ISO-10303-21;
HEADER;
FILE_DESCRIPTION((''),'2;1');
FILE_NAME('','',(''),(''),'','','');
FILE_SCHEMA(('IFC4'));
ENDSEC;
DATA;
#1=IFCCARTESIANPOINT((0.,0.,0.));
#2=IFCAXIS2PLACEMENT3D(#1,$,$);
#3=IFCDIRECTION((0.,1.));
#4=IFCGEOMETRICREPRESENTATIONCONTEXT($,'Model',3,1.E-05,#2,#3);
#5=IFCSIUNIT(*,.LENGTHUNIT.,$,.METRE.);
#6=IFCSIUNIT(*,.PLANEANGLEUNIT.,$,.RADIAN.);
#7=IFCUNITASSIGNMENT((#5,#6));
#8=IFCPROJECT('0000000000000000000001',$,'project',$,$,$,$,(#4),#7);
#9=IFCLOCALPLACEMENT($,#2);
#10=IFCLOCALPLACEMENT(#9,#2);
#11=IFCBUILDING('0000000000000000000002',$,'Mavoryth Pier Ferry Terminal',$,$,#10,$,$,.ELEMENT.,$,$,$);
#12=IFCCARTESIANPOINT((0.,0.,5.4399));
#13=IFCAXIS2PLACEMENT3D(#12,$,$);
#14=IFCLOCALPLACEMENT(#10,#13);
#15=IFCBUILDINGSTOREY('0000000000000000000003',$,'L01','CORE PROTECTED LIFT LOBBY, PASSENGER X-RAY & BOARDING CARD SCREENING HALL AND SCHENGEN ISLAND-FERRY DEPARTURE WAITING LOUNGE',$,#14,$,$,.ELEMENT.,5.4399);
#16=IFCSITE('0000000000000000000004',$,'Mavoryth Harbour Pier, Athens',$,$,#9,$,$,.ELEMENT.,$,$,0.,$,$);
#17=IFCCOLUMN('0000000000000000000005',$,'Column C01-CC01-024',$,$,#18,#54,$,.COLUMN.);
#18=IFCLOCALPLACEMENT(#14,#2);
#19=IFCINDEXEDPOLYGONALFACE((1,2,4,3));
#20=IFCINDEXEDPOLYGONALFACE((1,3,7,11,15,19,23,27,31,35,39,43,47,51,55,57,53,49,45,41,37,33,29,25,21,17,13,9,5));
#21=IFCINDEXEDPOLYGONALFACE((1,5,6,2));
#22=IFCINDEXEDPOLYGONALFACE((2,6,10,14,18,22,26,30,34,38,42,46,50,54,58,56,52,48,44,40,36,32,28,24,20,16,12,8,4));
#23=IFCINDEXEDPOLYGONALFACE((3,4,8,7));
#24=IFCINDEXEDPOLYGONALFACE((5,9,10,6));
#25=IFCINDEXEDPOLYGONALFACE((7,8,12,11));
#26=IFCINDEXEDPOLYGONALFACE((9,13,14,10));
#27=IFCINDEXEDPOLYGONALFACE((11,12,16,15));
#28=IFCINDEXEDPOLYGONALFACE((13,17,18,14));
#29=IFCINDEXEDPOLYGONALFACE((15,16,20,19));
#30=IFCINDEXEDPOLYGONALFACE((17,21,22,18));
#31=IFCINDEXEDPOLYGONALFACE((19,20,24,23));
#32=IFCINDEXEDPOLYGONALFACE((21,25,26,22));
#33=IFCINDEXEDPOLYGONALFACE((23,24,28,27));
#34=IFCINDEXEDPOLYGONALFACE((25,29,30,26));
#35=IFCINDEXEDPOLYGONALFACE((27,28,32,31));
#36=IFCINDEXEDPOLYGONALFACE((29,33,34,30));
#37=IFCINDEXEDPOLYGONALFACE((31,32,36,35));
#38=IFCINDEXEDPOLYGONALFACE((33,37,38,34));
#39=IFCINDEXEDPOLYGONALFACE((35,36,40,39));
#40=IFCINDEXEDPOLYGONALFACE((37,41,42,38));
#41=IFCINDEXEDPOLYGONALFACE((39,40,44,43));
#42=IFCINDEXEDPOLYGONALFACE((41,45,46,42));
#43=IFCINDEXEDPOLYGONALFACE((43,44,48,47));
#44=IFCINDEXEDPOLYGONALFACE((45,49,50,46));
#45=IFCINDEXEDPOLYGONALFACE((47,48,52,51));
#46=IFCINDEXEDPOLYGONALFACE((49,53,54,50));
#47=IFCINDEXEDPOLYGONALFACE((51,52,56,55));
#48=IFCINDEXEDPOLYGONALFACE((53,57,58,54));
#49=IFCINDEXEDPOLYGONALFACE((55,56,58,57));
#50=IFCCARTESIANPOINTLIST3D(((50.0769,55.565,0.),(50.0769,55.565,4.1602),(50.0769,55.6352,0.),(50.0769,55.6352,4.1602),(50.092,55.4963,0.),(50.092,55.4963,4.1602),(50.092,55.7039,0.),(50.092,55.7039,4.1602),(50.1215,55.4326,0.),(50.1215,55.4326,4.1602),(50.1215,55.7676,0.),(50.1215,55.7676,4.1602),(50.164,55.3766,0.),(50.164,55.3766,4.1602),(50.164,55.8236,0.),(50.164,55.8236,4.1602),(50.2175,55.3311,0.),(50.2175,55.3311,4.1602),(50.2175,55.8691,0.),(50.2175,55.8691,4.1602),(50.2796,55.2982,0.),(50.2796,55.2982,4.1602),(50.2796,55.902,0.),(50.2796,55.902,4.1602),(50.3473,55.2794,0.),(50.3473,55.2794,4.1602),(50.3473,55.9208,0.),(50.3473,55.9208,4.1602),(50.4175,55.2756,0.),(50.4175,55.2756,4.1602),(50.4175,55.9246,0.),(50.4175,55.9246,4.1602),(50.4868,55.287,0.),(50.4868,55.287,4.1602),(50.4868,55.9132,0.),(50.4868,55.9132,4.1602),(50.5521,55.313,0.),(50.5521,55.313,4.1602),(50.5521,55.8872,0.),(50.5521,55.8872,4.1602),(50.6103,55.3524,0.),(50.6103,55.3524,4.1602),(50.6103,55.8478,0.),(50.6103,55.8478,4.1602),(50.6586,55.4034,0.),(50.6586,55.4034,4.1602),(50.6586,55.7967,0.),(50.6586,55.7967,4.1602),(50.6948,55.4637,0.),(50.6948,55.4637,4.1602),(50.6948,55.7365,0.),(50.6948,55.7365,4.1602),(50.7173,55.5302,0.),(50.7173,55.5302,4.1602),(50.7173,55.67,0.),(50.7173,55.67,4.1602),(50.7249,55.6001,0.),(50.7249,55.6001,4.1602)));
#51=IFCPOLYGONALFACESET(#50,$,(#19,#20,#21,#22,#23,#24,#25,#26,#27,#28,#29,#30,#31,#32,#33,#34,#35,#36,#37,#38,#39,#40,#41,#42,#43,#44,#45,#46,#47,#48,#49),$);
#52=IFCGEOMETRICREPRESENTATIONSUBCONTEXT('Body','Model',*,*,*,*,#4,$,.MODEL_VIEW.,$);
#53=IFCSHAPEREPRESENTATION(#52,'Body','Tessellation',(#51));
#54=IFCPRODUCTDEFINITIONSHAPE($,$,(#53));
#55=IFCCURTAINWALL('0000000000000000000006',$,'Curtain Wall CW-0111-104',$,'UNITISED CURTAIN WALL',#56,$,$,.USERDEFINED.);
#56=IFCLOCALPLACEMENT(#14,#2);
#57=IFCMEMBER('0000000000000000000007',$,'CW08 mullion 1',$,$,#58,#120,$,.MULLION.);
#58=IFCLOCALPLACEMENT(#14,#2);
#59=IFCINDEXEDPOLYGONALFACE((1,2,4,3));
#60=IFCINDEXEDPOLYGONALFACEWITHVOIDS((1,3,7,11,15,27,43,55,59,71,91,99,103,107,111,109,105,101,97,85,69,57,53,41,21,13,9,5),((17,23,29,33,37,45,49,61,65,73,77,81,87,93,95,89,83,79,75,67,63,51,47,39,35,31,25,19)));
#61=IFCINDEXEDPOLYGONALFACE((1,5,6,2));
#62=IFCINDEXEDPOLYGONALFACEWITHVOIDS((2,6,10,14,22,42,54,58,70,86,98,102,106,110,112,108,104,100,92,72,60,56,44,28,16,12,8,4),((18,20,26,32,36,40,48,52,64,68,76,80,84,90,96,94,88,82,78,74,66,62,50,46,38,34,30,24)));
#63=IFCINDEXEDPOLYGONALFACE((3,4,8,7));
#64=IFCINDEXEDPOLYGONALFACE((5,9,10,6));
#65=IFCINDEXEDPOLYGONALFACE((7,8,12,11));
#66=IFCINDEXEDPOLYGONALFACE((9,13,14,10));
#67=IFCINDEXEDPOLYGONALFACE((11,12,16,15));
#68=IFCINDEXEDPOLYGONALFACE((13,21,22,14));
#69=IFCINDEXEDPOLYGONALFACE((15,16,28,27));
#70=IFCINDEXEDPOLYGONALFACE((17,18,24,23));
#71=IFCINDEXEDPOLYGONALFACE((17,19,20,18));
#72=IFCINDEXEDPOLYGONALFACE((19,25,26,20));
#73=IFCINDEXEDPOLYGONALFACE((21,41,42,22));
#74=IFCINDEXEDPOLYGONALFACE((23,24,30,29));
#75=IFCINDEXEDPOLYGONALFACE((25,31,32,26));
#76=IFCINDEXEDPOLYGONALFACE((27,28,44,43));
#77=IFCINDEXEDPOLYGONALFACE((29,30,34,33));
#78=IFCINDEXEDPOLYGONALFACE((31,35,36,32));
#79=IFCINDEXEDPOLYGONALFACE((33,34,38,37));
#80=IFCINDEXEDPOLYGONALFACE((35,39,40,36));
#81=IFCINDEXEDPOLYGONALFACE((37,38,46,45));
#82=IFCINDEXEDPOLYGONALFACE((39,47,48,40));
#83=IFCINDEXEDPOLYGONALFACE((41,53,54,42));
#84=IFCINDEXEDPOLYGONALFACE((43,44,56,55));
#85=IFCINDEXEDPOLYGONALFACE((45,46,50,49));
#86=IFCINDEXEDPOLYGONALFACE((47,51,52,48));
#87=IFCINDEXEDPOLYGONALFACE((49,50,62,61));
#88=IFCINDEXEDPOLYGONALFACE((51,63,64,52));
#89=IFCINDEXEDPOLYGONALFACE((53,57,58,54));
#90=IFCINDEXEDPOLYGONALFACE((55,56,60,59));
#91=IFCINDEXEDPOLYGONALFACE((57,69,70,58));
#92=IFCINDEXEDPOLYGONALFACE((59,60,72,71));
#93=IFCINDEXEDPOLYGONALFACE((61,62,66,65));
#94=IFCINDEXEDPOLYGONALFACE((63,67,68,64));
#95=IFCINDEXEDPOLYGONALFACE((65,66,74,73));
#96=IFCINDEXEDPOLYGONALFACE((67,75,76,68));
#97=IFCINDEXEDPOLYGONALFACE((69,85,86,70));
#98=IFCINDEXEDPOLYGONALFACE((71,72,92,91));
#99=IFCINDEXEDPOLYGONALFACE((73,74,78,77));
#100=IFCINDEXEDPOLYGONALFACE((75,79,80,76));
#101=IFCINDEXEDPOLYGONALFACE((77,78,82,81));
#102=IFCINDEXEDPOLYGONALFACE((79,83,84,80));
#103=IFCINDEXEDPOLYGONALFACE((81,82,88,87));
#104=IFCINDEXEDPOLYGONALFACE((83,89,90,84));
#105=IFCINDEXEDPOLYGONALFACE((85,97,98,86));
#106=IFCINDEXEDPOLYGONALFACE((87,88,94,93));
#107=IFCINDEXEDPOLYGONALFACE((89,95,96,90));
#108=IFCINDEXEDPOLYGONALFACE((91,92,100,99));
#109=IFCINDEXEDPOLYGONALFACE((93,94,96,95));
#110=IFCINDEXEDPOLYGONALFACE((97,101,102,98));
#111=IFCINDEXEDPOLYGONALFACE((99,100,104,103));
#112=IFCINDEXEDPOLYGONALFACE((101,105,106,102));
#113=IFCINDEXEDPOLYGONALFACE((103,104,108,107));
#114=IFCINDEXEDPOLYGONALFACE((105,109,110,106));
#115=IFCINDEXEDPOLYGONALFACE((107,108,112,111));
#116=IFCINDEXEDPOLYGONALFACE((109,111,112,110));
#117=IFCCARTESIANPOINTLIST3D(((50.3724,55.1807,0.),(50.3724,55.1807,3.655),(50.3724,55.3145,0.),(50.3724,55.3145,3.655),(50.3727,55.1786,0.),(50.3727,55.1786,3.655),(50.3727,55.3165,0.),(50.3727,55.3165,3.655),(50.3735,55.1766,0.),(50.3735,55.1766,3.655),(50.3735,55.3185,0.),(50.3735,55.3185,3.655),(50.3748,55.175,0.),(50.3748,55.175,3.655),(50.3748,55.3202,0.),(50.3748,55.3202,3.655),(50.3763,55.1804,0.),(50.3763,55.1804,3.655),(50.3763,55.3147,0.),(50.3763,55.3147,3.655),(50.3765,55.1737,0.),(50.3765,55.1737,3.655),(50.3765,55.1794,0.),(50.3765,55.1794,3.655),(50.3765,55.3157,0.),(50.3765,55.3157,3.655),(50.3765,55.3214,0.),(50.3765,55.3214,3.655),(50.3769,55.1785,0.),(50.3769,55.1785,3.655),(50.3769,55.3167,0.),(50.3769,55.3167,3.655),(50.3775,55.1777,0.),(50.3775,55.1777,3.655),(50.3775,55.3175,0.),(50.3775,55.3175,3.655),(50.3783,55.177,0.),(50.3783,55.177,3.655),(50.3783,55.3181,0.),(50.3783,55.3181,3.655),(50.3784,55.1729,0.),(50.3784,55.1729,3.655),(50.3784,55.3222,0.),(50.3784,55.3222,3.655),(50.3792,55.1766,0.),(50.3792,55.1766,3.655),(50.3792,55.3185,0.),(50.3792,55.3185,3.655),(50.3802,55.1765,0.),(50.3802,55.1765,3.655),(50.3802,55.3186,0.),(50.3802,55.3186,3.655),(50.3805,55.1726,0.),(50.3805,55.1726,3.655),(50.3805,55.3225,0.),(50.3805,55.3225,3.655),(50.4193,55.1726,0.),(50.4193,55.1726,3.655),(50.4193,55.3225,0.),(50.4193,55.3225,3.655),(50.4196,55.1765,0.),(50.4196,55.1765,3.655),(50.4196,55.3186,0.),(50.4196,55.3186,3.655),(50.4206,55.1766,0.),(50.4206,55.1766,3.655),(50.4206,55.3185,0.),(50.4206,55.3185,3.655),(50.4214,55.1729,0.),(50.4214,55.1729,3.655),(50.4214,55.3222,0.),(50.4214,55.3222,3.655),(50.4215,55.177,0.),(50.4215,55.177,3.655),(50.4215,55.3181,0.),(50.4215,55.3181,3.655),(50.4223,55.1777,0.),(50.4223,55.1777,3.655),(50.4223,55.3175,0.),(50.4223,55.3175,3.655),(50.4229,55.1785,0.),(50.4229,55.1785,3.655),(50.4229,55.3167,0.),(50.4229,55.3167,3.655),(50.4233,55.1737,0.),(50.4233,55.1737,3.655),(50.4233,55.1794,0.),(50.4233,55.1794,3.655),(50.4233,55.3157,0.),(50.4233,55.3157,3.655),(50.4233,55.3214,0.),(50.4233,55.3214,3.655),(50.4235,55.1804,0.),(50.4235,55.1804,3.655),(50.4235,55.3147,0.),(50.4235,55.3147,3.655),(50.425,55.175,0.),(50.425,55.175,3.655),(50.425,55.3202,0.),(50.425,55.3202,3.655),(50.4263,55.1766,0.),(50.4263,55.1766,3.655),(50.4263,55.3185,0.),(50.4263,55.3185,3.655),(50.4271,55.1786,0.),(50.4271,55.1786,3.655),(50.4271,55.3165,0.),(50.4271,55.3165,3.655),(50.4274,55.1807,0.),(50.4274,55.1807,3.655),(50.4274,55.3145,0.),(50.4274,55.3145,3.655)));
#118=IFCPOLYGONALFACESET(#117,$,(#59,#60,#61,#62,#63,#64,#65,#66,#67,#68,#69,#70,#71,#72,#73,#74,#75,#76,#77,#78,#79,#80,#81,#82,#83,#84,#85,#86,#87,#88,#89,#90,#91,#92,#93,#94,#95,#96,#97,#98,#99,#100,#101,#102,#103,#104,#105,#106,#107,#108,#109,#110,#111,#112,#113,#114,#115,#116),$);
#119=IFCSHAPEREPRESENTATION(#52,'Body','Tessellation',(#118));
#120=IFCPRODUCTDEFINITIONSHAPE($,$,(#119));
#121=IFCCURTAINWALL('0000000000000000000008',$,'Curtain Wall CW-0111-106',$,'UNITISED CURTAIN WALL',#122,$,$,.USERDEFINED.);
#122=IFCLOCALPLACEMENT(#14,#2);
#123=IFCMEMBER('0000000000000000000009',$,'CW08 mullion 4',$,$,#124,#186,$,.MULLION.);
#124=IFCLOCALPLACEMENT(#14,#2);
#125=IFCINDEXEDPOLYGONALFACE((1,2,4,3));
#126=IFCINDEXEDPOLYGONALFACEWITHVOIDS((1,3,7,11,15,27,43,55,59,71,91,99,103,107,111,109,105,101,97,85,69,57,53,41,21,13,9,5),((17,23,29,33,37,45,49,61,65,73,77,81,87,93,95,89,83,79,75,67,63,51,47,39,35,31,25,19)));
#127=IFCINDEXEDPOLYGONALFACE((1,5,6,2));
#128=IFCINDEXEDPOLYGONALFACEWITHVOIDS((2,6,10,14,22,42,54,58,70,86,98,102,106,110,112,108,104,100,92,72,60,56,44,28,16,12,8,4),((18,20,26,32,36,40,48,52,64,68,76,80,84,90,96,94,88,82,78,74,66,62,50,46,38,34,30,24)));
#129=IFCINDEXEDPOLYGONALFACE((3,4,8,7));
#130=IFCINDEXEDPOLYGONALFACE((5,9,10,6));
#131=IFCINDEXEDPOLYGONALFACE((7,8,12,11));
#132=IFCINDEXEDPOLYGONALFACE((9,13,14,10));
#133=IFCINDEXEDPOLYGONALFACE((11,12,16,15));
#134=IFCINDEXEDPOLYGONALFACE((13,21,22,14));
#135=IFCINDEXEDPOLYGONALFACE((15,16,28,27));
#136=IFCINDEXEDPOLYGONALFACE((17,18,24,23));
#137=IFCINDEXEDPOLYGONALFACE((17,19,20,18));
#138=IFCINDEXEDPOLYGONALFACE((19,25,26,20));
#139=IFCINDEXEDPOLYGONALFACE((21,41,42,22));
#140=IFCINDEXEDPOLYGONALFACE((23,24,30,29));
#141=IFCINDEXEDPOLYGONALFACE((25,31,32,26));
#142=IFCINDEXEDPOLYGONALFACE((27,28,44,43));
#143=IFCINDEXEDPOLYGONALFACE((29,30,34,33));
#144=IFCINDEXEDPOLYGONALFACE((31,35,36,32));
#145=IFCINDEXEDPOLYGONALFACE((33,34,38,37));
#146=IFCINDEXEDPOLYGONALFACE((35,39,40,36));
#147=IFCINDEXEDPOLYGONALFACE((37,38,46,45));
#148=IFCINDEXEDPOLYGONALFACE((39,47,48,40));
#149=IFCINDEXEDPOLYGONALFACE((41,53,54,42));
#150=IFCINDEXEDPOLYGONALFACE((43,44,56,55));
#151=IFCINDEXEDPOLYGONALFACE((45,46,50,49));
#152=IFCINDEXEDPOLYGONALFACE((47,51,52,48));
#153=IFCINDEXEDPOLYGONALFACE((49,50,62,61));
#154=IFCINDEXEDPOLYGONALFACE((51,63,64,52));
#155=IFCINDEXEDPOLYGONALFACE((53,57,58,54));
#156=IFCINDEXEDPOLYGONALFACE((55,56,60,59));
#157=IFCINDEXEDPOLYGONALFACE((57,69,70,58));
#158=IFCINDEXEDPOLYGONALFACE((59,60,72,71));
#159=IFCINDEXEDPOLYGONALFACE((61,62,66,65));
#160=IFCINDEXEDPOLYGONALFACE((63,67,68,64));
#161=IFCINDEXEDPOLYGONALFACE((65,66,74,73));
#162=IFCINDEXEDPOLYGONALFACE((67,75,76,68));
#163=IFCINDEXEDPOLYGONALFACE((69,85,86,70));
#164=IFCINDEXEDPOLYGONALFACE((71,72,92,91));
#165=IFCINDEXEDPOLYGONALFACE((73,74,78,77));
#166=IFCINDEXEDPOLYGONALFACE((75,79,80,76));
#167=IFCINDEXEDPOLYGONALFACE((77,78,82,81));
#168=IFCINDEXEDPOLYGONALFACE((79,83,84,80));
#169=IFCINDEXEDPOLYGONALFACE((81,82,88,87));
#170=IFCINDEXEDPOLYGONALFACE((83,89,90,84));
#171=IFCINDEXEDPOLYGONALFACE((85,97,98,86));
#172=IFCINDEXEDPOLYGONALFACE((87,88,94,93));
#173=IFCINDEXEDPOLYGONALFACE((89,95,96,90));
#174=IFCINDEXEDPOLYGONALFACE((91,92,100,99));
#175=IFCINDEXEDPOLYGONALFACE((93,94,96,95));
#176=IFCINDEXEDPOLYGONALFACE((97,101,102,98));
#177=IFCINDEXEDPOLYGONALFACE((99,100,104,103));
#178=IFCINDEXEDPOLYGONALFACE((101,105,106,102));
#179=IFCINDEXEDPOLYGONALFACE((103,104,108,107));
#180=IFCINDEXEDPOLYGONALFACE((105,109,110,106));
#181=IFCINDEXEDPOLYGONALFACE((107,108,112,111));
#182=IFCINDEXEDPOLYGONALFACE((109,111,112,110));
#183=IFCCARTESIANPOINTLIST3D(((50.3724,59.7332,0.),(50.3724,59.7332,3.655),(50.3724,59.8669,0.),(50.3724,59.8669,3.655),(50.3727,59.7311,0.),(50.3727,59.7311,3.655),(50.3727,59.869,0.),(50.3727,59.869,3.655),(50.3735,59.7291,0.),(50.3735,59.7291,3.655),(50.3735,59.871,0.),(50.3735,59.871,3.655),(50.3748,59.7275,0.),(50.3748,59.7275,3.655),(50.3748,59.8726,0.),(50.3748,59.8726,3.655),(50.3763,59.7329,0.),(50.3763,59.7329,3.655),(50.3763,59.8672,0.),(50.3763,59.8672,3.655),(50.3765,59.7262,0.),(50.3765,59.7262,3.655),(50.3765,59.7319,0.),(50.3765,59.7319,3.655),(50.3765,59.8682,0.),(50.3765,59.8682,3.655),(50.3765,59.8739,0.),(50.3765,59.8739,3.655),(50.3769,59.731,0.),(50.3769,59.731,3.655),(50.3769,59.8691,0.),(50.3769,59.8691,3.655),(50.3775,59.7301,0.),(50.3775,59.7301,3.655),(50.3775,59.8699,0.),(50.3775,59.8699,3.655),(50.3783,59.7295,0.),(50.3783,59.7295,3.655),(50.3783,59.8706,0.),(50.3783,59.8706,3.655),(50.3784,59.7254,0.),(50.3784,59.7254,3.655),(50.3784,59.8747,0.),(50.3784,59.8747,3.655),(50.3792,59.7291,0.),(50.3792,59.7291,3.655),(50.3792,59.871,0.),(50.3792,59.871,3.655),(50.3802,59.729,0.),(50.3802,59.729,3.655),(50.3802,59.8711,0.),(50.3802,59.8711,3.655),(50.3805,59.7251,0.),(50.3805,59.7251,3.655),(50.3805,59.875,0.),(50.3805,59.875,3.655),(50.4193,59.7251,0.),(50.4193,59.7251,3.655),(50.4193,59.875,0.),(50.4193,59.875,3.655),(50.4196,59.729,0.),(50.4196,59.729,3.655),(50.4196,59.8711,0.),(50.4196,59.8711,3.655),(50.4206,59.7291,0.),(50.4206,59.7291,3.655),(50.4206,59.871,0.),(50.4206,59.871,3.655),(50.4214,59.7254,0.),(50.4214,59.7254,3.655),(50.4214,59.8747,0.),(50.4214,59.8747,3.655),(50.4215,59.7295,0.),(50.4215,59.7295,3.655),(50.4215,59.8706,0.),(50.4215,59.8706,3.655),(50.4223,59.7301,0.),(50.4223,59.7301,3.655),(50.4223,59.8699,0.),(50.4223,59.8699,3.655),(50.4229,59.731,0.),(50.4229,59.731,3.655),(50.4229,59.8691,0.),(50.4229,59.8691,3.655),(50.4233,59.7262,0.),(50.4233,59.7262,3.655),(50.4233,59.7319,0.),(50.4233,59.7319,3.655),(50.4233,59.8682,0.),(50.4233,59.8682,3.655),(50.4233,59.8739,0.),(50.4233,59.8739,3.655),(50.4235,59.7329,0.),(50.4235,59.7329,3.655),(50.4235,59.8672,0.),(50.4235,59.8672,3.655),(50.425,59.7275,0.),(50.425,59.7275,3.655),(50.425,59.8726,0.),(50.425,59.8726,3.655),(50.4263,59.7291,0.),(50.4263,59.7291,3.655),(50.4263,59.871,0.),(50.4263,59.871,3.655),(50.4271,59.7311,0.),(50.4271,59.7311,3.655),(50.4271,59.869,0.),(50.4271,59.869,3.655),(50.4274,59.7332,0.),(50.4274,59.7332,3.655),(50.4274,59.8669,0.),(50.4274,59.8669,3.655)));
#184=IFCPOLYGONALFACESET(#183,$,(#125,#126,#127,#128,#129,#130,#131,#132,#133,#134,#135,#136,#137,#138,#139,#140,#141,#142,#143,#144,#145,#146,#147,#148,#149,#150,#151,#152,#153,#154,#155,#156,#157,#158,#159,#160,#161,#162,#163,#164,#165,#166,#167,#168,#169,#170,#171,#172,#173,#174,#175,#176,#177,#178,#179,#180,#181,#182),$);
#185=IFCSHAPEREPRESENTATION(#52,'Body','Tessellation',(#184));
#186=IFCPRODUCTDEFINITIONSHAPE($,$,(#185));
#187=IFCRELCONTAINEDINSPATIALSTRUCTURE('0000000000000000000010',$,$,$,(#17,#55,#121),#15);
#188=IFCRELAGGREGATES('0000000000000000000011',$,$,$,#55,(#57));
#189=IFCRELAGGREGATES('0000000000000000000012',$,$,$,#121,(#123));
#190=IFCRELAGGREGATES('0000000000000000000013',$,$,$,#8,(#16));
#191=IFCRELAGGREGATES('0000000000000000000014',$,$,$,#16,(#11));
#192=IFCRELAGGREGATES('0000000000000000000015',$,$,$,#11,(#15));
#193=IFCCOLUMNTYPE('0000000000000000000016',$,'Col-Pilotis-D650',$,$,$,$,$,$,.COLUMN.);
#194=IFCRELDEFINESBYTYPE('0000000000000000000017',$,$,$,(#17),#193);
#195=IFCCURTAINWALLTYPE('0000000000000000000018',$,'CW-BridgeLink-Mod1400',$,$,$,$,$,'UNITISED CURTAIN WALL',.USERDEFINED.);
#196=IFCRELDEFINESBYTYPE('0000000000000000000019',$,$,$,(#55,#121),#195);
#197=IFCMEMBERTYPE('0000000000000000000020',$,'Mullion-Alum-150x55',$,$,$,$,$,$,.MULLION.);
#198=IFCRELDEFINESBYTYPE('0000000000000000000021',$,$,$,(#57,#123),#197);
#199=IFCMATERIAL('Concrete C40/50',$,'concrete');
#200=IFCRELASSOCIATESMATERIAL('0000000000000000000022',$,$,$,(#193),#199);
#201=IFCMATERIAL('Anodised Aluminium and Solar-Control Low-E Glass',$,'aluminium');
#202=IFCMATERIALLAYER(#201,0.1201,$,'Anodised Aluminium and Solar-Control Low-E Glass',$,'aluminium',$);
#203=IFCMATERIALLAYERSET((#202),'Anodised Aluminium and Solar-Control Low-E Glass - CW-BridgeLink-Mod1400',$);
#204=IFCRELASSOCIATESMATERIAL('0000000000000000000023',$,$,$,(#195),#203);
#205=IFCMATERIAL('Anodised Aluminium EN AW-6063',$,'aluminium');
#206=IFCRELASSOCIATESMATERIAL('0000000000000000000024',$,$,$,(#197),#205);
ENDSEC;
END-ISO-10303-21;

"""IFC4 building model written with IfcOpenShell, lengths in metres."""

from ifc_helpers import new_model, si_unit, direction, frame, origin, origin_2d, place, context, subcontext, project, spatial, hollow_rectangle, circle, extrude, material, layer, layer_set, material_profile, profile_set, type_object, element, aggregate, save


model = new_model("IFC4")

# Units and contexts
model_context = context("Model", 3, precision=1e-05, world=origin(), true_north=direction((0.0, 1.0)))
body_context = subcontext(model_context, "Body", "Model", "MODEL_VIEW")
ifc_project = project(units=[si_unit("LENGTHUNIT", "METRE"), si_unit("PLANEANGLEUNIT", "RADIAN")], contexts=[model_context])

# Site, building, storey
site_placement = place(None, origin())
site = spatial("IfcSite", under=ifc_project, at=site_placement, Name="Mavoryth Harbour Pier, Athens", CompositionType="ELEMENT", RefElevation=0.0)
building_placement = place(site_placement, origin())
building = spatial("IfcBuilding", under=site, at=building_placement, Name="Mavoryth Pier Ferry Terminal", CompositionType="ELEMENT")
storey_placement = place(building_placement, frame((0.0, 0.0, 5.4399)))
storey = spatial("IfcBuildingStorey", under=building, at=storey_placement, Name="L01", Description="CORE PROTECTED LIFT LOBBY, PASSENGER X-RAY & BOARDING CARD SCREENING HALL AND SCHENGEN ISLAND-FERRY DEPARTURE WAITING LOUNGE", CompositionType="ELEMENT", Elevation=5.4399)

# Column
ifc_material_1 = material(Name="Concrete C40/50", Category="concrete")
ifc_material_profile_1 = material_profile(ifc_material_1, circle(Radius=0.325, at=origin_2d()), Name="RC D650", Category="concrete")
ifc_profile_set_1 = profile_set([ifc_material_profile_1], Name="Concrete C40/50 - RC D650")
column_type = type_object("IfcColumnType", Name="Col-Pilotis-D650", PredefinedType="COLUMN", material=ifc_profile_set_1)
column_placement = place(storey_placement, frame((50.3999, 55.6001, 0.0), z_axis=(0.0, 0.0, 1.0), x_axis=(1.0, 0.0, 0.0)))
element("IfcColumn", 1, at=column_placement, inside=storey, type_object=column_type, Name="Column C01-CC01-024", PredefinedType="COLUMN", context=body_context, shape_type="SweptSolid", body=[
    extrude(circle(Radius=0.325, at=origin_2d()), origin(), (0.0, 0.0, 1.0), 4.1602),
])

# Curtain wall, member
ifc_material_2 = material(Name="Anodised Aluminium and Solar-Control Low-E Glass", Category="aluminium")
ifc_layer_1 = layer(ifc_material_2, 0.1201, Name="Anodised Aluminium and Solar-Control Low-E Glass", Category="aluminium")
ifc_layer_set_1 = layer_set([ifc_layer_1], Name="Anodised Aluminium and Solar-Control Low-E Glass - CW-BridgeLink-Mod1400")
curtain_wall_type = type_object("IfcCurtainWallType", Name="CW-BridgeLink-Mod1400", ElementType="UNITISED CURTAIN WALL", PredefinedType="USERDEFINED", material=ifc_layer_set_1)
curtain_wall_1_placement = place(storey_placement, origin())
curtain_wall_1 = element("IfcCurtainWall", 2, at=curtain_wall_1_placement, inside=storey, type_object=curtain_wall_type, Name="Curtain Wall CW-0111-104", ObjectType="UNITISED CURTAIN WALL", PredefinedType="USERDEFINED")
ifc_material_3 = material(Name="Anodised Aluminium EN AW-6063", Category="aluminium")
ifc_material_profile_2 = material_profile(ifc_material_3, hollow_rectangle(XDim=0.0549, YDim=0.1499, WallThickness=0.0039, InnerFilletRadius=0.0039, OuterFilletRadius=0.0081, at=origin_2d()), Name="AL-MULL 150x55x4", Category="aluminium")
ifc_profile_set_2 = profile_set([ifc_material_profile_2], Name="Anodised Aluminium EN AW-6063 - AL-MULL 150x55x4")
member_type_1 = type_object("IfcMemberType", Name="Mullion-Alum-150x55", PredefinedType="MULLION", material=ifc_profile_set_2)
member_1_placement = place(storey_placement, frame((50.3999, 55.2476, 0.0), z_axis=(0.0, 0.0, 1.0), x_axis=(1.0, 0.0, 0.0)))
member_1 = element("IfcMember", 3, at=member_1_placement, type_object=member_type_1, Name="CW08 mullion 1", PredefinedType="MULLION", context=body_context, shape_type="SweptSolid", body=[
    extrude(hollow_rectangle(XDim=0.0549, YDim=0.1499, WallThickness=0.0039, InnerFilletRadius=0.0039, OuterFilletRadius=0.0081, at=origin_2d()), origin(), (0.0, 0.0, 1.0), 3.655),
])

# Curtain wall, member
curtain_wall_2_placement = place(storey_placement, origin())
curtain_wall_2 = element("IfcCurtainWall", 4, at=curtain_wall_2_placement, inside=storey, type_object=curtain_wall_type, Name="Curtain Wall CW-0111-106", ObjectType="UNITISED CURTAIN WALL", PredefinedType="USERDEFINED")
member_2_placement = place(storey_placement, frame((50.3999, 59.8, 0.0), z_axis=(0.0, 0.0, 1.0), x_axis=(1.0, 0.0, 0.0)))
member_2 = element("IfcMember", 5, at=member_2_placement, type_object=member_type_1, Name="CW08 mullion 4", PredefinedType="MULLION", context=body_context, shape_type="SweptSolid", body=[
    extrude(hollow_rectangle(XDim=0.0549, YDim=0.1499, WallThickness=0.0039, InnerFilletRadius=0.0039, OuterFilletRadius=0.0081, at=origin_2d()), origin(), (0.0, 0.0, 1.0), 3.655),
])

aggregate(curtain_wall_1, [member_1])
aggregate(curtain_wall_2, [member_2])

save(model, "model.ifc")
